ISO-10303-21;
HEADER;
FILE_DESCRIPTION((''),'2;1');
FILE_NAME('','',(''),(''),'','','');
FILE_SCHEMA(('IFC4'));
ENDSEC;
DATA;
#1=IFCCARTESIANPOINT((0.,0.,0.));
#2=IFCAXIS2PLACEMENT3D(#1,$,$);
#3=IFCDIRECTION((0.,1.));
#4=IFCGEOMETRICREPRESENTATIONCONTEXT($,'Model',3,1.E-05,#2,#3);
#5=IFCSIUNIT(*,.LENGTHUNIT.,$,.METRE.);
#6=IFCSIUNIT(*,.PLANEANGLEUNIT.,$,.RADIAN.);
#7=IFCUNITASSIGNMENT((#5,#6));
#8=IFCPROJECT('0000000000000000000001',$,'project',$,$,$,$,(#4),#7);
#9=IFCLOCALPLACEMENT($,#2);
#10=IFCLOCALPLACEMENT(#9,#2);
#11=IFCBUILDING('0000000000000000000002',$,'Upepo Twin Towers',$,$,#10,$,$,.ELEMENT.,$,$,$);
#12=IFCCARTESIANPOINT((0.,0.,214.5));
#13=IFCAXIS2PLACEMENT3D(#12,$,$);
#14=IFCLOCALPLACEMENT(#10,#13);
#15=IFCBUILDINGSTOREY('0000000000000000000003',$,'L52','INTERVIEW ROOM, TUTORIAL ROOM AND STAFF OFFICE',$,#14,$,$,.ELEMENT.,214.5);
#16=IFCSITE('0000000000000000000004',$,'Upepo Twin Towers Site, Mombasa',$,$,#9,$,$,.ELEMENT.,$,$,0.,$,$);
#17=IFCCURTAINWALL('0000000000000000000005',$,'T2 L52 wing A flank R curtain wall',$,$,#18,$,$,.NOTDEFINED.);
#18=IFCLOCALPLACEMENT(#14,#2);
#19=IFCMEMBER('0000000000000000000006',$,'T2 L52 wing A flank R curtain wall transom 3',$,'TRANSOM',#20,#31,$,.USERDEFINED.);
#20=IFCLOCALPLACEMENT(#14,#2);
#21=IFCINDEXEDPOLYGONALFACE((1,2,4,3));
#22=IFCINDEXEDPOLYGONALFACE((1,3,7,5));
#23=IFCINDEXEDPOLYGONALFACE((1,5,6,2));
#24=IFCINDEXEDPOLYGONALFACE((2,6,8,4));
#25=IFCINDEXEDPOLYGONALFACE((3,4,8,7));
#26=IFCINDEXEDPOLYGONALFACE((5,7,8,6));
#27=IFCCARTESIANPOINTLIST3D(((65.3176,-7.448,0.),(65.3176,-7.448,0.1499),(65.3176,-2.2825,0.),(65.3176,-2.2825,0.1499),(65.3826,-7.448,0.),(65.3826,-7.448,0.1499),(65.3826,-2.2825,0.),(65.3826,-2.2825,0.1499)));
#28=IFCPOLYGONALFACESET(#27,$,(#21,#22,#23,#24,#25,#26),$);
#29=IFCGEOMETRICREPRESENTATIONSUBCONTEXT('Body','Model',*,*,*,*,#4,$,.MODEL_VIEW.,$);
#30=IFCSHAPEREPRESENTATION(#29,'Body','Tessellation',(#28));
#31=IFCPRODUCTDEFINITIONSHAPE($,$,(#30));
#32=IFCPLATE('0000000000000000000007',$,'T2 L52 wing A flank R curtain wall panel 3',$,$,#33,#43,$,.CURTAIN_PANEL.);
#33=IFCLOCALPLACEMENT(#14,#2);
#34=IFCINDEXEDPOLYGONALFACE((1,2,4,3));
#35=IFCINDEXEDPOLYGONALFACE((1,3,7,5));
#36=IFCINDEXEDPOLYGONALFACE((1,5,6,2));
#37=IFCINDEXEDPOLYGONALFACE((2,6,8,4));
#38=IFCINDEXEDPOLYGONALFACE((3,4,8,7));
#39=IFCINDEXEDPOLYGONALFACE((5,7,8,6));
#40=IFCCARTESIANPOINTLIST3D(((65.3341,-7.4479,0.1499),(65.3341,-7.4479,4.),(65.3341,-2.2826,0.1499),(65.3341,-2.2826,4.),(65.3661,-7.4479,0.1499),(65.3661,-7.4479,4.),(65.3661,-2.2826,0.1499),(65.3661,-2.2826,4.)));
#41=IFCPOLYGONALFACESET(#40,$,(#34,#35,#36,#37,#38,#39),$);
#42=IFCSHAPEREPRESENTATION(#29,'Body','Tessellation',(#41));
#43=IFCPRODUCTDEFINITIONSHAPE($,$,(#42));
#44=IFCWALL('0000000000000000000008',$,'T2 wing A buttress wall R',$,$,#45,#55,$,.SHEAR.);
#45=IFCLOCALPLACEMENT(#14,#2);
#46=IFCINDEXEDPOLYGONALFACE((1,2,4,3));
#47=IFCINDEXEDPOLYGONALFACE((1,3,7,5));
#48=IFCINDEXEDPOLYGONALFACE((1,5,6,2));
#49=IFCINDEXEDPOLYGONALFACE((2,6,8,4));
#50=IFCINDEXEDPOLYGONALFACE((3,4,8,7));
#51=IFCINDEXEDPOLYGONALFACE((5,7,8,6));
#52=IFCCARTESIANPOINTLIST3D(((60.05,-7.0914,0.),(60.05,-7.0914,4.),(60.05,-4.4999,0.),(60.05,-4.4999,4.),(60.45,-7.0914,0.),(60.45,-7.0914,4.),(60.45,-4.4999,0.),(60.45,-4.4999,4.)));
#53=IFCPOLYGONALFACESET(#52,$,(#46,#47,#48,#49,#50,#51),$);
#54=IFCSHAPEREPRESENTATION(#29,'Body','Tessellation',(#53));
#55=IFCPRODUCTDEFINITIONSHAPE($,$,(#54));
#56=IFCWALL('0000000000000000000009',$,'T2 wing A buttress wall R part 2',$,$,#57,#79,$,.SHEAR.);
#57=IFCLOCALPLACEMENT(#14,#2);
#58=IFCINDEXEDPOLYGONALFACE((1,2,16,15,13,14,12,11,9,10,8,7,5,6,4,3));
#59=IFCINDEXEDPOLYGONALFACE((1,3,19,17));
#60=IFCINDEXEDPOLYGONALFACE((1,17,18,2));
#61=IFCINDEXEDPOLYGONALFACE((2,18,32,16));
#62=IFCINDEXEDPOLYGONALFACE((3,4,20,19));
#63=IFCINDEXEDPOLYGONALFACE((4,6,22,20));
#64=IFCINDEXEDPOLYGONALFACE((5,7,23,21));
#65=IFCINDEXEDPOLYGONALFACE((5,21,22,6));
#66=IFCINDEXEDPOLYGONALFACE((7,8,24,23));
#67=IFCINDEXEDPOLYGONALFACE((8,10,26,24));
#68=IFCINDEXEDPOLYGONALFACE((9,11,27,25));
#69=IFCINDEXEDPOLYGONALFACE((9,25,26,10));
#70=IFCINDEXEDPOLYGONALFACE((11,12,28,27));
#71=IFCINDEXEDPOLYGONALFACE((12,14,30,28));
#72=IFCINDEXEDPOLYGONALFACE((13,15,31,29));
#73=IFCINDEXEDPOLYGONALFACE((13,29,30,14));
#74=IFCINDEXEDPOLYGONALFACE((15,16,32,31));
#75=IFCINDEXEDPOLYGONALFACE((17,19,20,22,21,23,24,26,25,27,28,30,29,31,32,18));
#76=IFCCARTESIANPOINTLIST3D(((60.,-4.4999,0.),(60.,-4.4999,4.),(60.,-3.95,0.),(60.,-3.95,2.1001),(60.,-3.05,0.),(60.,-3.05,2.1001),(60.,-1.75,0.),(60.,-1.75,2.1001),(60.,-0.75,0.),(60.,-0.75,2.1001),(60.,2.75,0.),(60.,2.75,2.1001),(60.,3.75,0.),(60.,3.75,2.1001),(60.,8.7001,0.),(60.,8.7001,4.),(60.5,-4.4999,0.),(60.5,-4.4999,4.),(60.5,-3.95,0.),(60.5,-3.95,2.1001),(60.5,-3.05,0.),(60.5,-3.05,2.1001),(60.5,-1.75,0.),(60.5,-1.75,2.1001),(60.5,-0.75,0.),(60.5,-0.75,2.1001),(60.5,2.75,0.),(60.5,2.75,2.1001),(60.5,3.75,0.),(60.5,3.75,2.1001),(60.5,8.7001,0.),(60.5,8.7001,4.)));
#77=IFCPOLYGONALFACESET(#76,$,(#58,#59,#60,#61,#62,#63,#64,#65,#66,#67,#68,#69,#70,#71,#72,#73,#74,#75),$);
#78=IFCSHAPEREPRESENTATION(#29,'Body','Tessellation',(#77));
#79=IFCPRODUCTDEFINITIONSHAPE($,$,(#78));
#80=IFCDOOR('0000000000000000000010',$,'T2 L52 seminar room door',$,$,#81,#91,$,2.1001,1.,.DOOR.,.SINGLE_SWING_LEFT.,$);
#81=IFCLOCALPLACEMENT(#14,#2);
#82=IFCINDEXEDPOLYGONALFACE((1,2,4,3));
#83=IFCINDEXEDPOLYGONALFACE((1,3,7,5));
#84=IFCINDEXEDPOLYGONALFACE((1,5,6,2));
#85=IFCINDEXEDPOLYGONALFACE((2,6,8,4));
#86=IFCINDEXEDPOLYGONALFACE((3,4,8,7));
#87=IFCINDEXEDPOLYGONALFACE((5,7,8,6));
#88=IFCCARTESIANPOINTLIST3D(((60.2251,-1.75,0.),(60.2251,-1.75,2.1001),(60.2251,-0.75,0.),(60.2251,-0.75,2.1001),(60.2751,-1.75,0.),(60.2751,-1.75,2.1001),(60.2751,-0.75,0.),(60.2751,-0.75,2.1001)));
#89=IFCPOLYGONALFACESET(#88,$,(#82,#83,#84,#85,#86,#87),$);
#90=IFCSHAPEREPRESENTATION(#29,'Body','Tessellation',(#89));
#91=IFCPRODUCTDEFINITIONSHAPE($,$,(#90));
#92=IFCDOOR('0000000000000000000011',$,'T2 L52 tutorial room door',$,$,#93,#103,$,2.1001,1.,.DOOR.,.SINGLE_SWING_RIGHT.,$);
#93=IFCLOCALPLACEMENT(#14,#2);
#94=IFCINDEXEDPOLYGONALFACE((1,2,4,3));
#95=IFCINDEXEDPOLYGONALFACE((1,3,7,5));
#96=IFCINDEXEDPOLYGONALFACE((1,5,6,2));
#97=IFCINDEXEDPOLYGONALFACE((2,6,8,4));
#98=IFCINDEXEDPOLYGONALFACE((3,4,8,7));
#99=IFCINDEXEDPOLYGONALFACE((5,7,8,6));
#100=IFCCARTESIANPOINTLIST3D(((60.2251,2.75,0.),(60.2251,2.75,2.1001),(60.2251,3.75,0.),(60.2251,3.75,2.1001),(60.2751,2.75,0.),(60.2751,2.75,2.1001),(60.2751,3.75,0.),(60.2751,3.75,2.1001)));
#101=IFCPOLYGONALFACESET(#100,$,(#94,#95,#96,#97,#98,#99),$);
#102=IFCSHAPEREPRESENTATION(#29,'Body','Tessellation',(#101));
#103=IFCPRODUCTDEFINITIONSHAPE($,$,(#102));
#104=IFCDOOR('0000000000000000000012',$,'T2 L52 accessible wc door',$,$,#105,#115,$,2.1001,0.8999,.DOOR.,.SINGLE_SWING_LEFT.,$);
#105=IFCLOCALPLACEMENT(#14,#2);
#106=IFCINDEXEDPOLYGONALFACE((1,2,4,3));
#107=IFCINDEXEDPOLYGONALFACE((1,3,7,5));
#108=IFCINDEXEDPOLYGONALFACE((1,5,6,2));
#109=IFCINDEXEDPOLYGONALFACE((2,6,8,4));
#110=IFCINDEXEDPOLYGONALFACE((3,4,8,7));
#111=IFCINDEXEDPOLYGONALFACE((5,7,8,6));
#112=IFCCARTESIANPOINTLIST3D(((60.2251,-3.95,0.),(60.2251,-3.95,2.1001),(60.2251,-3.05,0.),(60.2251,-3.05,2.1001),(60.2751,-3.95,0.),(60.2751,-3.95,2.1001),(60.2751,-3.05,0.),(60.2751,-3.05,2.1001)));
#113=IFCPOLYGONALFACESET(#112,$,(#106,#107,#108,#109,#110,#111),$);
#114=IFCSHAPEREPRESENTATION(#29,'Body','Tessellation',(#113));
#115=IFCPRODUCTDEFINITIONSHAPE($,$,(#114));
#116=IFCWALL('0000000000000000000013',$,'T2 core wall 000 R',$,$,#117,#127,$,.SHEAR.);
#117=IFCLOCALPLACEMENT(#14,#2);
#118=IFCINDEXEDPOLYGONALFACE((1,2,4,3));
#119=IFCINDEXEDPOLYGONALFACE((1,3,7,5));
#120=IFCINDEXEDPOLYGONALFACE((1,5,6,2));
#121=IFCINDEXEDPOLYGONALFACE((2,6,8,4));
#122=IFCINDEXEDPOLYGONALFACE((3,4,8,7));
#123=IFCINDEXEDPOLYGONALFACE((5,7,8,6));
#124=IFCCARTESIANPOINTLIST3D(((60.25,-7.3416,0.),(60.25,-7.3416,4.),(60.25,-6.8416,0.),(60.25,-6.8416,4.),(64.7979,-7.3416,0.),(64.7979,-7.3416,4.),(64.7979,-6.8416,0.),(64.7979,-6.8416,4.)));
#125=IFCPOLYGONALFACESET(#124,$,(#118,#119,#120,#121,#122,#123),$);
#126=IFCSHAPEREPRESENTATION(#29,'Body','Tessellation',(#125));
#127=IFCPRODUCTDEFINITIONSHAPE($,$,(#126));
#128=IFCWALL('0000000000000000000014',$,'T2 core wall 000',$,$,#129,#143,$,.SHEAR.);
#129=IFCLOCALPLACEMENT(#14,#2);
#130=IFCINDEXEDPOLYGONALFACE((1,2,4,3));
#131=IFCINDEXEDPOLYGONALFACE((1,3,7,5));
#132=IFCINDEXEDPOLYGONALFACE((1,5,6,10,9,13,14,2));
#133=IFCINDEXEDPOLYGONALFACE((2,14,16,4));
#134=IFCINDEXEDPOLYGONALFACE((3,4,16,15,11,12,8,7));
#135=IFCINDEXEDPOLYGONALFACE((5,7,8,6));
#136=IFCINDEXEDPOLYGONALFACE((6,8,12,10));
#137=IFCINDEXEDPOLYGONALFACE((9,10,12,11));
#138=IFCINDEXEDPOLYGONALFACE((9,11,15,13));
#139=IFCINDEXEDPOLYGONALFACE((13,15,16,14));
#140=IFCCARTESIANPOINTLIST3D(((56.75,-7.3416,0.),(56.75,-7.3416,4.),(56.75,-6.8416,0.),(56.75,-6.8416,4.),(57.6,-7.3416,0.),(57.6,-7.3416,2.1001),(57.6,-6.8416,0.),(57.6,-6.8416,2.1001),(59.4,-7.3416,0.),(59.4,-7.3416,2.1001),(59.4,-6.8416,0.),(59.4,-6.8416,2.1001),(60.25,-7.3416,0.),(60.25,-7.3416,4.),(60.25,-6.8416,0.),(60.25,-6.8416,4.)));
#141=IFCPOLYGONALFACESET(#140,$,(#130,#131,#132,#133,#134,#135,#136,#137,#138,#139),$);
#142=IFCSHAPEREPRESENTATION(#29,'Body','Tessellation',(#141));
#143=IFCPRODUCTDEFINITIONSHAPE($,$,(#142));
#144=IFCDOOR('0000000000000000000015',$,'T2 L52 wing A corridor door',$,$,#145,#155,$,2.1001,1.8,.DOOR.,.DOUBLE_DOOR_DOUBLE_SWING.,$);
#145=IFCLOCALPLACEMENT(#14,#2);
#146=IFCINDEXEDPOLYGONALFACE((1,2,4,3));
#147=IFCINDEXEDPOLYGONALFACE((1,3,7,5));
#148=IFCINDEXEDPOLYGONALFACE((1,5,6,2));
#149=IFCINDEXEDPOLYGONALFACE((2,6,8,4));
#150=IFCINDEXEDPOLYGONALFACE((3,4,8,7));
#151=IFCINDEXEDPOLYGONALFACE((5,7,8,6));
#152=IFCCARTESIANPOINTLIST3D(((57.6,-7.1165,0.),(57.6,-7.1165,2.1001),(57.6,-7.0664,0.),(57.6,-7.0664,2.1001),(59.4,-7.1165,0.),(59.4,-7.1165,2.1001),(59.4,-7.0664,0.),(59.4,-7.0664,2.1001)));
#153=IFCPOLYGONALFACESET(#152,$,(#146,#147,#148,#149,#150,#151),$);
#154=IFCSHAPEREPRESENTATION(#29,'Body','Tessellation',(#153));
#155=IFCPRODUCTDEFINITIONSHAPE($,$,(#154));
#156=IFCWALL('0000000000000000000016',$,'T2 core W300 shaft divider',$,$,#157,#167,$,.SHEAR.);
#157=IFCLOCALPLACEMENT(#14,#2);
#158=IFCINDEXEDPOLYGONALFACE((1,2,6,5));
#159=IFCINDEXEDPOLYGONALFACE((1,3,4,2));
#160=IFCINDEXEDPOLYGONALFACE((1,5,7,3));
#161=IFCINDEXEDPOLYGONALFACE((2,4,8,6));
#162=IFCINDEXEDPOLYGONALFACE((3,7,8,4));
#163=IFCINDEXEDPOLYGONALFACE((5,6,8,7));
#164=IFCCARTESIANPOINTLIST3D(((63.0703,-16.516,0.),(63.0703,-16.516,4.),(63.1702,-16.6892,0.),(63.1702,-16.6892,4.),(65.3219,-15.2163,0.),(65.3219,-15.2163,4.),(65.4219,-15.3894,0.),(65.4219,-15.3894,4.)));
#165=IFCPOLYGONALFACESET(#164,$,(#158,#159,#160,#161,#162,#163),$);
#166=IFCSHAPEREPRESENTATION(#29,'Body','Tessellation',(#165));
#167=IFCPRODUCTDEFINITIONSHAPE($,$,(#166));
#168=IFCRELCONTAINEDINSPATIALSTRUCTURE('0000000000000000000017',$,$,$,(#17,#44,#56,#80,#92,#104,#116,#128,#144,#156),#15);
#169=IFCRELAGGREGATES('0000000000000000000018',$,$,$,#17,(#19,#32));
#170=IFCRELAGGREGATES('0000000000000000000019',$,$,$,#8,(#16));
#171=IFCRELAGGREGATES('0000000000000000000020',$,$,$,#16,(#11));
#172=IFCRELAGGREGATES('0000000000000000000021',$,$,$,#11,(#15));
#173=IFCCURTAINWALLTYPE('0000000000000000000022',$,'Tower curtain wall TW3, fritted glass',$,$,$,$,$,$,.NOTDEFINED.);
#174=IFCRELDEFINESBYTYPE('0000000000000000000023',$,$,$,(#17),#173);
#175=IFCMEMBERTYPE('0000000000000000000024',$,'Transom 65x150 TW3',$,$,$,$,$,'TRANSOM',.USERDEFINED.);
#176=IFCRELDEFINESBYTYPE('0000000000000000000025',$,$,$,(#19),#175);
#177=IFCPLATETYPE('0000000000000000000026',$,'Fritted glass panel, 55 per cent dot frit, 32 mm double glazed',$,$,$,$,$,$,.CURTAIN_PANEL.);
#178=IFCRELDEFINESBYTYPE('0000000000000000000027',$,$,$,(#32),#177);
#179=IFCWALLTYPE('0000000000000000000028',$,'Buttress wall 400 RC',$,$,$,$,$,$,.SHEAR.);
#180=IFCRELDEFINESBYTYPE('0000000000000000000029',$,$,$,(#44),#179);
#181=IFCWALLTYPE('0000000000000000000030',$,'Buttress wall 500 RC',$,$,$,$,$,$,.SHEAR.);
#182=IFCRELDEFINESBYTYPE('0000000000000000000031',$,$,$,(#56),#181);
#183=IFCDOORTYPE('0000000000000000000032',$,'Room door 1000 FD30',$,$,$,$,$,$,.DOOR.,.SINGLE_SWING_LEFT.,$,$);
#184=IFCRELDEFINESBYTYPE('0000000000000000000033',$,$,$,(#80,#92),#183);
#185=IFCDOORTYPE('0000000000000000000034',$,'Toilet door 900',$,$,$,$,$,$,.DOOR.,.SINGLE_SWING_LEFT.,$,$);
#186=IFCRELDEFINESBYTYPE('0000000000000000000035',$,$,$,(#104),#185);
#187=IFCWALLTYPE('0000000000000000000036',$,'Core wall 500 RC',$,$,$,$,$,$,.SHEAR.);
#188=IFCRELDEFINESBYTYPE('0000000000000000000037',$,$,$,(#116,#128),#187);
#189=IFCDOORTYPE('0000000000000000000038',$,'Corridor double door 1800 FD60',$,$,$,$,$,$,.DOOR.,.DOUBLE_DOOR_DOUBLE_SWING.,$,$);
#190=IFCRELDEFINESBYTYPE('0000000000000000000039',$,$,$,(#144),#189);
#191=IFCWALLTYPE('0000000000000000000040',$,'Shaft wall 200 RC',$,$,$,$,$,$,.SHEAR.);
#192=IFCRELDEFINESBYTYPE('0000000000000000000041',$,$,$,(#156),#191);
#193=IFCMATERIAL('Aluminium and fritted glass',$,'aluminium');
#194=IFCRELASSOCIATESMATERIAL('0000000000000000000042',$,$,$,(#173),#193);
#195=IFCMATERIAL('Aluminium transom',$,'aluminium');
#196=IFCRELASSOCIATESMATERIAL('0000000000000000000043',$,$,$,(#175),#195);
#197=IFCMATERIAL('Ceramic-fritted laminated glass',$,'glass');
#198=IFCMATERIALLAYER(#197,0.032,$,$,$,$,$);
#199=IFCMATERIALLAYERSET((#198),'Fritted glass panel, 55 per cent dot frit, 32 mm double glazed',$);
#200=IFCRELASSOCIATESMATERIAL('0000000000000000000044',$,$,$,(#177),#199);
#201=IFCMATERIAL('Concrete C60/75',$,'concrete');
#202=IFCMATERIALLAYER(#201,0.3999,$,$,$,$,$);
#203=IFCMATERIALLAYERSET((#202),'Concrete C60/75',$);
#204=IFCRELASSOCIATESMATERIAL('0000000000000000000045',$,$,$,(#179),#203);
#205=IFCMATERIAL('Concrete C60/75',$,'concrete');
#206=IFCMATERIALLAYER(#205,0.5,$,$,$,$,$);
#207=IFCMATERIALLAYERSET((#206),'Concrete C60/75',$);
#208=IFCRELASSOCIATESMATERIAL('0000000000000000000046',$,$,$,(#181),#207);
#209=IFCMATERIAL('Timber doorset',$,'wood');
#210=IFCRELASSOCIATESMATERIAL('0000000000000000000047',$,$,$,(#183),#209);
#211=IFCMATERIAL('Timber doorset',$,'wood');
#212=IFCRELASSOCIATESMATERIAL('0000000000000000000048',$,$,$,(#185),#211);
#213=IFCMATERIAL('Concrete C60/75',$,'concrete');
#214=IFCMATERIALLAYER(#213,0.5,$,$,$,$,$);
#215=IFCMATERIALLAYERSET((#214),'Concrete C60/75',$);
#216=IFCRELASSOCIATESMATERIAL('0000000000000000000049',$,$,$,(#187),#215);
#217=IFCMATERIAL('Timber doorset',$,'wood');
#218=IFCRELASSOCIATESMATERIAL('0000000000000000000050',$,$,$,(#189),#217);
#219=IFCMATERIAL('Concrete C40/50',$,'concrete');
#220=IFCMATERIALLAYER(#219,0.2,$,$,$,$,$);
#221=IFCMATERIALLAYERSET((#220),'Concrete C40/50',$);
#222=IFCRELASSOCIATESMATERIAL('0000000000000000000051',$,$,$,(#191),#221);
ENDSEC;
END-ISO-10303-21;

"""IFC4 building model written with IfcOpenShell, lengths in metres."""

from ifc_helpers import new_model, si_unit, direction, frame, frame_2d, origin, origin_2d, place, context, subcontext, project, spatial, rectangle, extrude, material, layer, layer_set, material_profile, profile_set, type_object, element, fill, aggregate, save


model = new_model("IFC4")

# Units and contexts
model_context = context("Model", 3, precision=1e-05, world=origin(), true_north=direction((0.0, 1.0)))
body_context = subcontext(model_context, "Body", "Model", "MODEL_VIEW")
ifc_project = project(units=[si_unit("LENGTHUNIT", "METRE"), si_unit("PLANEANGLEUNIT", "RADIAN")], contexts=[model_context])

# Site, building, storey
site_placement = place(None, origin())
site = spatial("IfcSite", under=ifc_project, at=site_placement, Name="Upepo Twin Towers Site, Mombasa", CompositionType="ELEMENT", RefElevation=0.0)
building_placement = place(site_placement, origin())
building = spatial("IfcBuilding", under=site, at=building_placement, Name="Upepo Twin Towers", CompositionType="ELEMENT")
storey_placement = place(building_placement, frame((0.0, 0.0, 214.5)))
storey = spatial("IfcBuildingStorey", under=building, at=storey_placement, Name="L52", Description="INTERVIEW ROOM, TUTORIAL ROOM AND STAFF OFFICE", CompositionType="ELEMENT", Elevation=214.5)

# Curtain wall, member, plate
ifc_material_1 = material(Name="Aluminium and fritted glass", Category="aluminium")
curtain_wall_type = type_object("IfcCurtainWallType", Name="Tower curtain wall TW3, fritted glass", PredefinedType="NOTDEFINED", material=ifc_material_1)
curtain_wall_placement = place(storey_placement, origin())
curtain_wall = element("IfcCurtainWall", 1, at=curtain_wall_placement, inside=storey, type_object=curtain_wall_type, Name="T2 L52 wing A flank R curtain wall", PredefinedType="NOTDEFINED")
ifc_material_2 = material(Name="Aluminium transom", Category="aluminium")
ifc_material_profile_1 = material_profile(ifc_material_2, rectangle(XDim=0.0649, YDim=0.1499, at=origin_2d()), Name="TRANSOM 65x150")
ifc_profile_set_1 = profile_set([ifc_material_profile_1], Name="Aluminium transom")
member_type_1 = type_object("IfcMemberType", Name="Transom 65x150 TW3", ElementType="TRANSOM", PredefinedType="USERDEFINED", material=ifc_profile_set_1)
member_1_placement = place(storey_placement, frame((65.3501, -2.2825, 0.075), z_axis=(0.0, -1.0, 0.0), x_axis=(1.0, 0.0, 0.0)))
member_1 = element("IfcMember", 2, at=member_1_placement, type_object=member_type_1, Name="T2 L52 wing A flank R curtain wall transom 3", ObjectType="TRANSOM", PredefinedType="USERDEFINED", context=body_context, shape_type="SweptSolid", body=[
    extrude(rectangle(XDim=0.0649, YDim=0.1499, at=origin_2d()), origin(), (0.0, 0.0, 1.0), 5.1655),
])
ifc_material_3 = material(Name="Ceramic-fritted laminated glass", Category="glass")
ifc_layer_1 = layer(ifc_material_3, 0.032)
ifc_layer_set_1 = layer_set([ifc_layer_1], Name="Fritted glass panel, 55 per cent dot frit, 32 mm double glazed")
plate_type = type_object("IfcPlateType", Name="Fritted glass panel, 55 per cent dot frit, 32 mm double glazed", PredefinedType="CURTAIN_PANEL", material=ifc_layer_set_1)
plate_placement = place(storey_placement, frame((65.3501, -4.8652, 0.1499), z_axis=(0.0, 0.0, 1.0), x_axis=(0.0, -1.0, 0.0)))
plate = element("IfcPlate", 3, at=plate_placement, type_object=plate_type, Name="T2 L52 wing A flank R curtain wall panel 3", PredefinedType="CURTAIN_PANEL", context=body_context, shape_type="SweptSolid", body=[
    extrude(rectangle(XDim=5.1653, YDim=0.032, at=origin_2d()), origin(), (0.0, 0.0, 1.0), 3.8501),
])
aggregate(curtain_wall, [member_1, plate])

# Wall
ifc_material_4 = material(Name="Concrete C60/75", Category="concrete")
ifc_layer_2 = layer(ifc_material_4, 0.3999)
ifc_layer_set_2 = layer_set([ifc_layer_2], Name="Concrete C60/75")
wall_type_1 = type_object("IfcWallType", Name="Buttress wall 400 RC", PredefinedType="SHEAR", material=ifc_layer_set_2)
wall_1_placement = place(storey_placement, frame((60.25, -7.0916, 0.0), z_axis=(0.0, 0.0, 1.0), x_axis=(0.0, 1.0, 0.0)))
element("IfcWall", 4, at=wall_1_placement, inside=storey, type_object=wall_type_1, Name="T2 wing A buttress wall R", PredefinedType="SHEAR", context=body_context, shape_type="SweptSolid", body=[
    extrude(rectangle(XDim=2.5916, YDim=0.3999, at=frame_2d((1.2959, 0.0))), origin(), (0.0, 0.0, 1.0), 4.0),
])

# Wall, openings, doors
ifc_material_5 = material(Name="Concrete C60/75", Category="concrete")
ifc_layer_3 = layer(ifc_material_5, 0.5)
ifc_layer_set_3 = layer_set([ifc_layer_3], Name="Concrete C60/75")
wall_type_2 = type_object("IfcWallType", Name="Buttress wall 500 RC", PredefinedType="SHEAR", material=ifc_layer_set_3)
wall_2_placement = place(storey_placement, frame((60.25, -4.5, 0.0), z_axis=(0.0, 0.0, 1.0), x_axis=(0.0, 1.0, 0.0)))
wall_2 = element("IfcWall", 5, at=wall_2_placement, inside=storey, type_object=wall_type_2, Name="T2 wing A buttress wall R part 2", PredefinedType="SHEAR", context=body_context, shape_type="SweptSolid", body=[
    extrude(rectangle(XDim=13.2, YDim=0.5, at=frame_2d((6.6001, 0.0))), origin(), (0.0, 0.0, 1.0), 4.0),
])
opening_1_placement = place(wall_2_placement, frame((0.55, 0.0, 0.0)))
opening_1 = element("IfcOpeningElement", 6, at=opening_1_placement, cuts=wall_2, PredefinedType="OPENING", context=body_context, shape_type="SweptSolid", body=[
    extrude(rectangle(XDim=0.8999, YDim=2.1001, at=frame_2d((0.45, 1.05))), frame((0.0, 0.26, 0.0), z_axis=(0.0, -1.0, 0.0), x_axis=(1.0, 0.0, 0.0)), (0.0, 0.0, 1.0), 0.52),
])
opening_2_placement = place(wall_2_placement, frame((2.75, 0.0, 0.0)))
opening_2 = element("IfcOpeningElement", 7, at=opening_2_placement, cuts=wall_2, PredefinedType="OPENING", context=body_context, shape_type="SweptSolid", body=[
    extrude(rectangle(XDim=1.0, YDim=2.1001, at=frame_2d((0.5, 1.05))), frame((0.0, 0.26, 0.0), z_axis=(0.0, -1.0, 0.0), x_axis=(1.0, 0.0, 0.0)), (0.0, 0.0, 1.0), 0.52),
])
opening_3_placement = place(wall_2_placement, frame((7.25, 0.0, 0.0)))
opening_3 = element("IfcOpeningElement", 8, at=opening_3_placement, cuts=wall_2, PredefinedType="OPENING", context=body_context, shape_type="SweptSolid", body=[
    extrude(rectangle(XDim=1.0, YDim=2.1001, at=frame_2d((0.5, 1.05))), frame((0.0, 0.26, 0.0), z_axis=(0.0, -1.0, 0.0), x_axis=(1.0, 0.0, 0.0)), (0.0, 0.0, 1.0), 0.52),
])
ifc_material_6 = material(Name="Timber doorset", Category="wood")
door_type_1 = type_object("IfcDoorType", Name="Room door 1000 FD30", OperationType="SINGLE_SWING_LEFT", PredefinedType="DOOR", material=ifc_material_6)
door_1_placement = place(opening_2_placement, origin())
door_1 = element("IfcDoor", 9, at=door_1_placement, inside=storey, type_object=door_type_1, Name="T2 L52 seminar room door", OperationType="SINGLE_SWING_LEFT", OverallHeight=2.1001, OverallWidth=1.0, PredefinedType="DOOR", context=body_context, shape_type="SweptSolid", body=[
    extrude(rectangle(XDim=1.0, YDim=2.1001, at=frame_2d((0.5, 1.05))), frame((0.0, 0.0249, 0.0), z_axis=(0.0, -1.0, 0.0), x_axis=(1.0, 0.0, 0.0)), (0.0, 0.0, 1.0), 0.05),
])
fill(opening_2, door_1)
door_2_placement = place(opening_3_placement, origin())
door_2 = element("IfcDoor", 10, at=door_2_placement, inside=storey, type_object=door_type_1, Name="T2 L52 tutorial room door", OperationType="SINGLE_SWING_RIGHT", OverallHeight=2.1001, OverallWidth=1.0, PredefinedType="DOOR", context=body_context, shape_type="SweptSolid", body=[
    extrude(rectangle(XDim=1.0, YDim=2.1001, at=frame_2d((0.5, 1.05))), frame((0.0, 0.0249, 0.0), z_axis=(0.0, -1.0, 0.0), x_axis=(1.0, 0.0, 0.0)), (0.0, 0.0, 1.0), 0.05),
])
fill(opening_3, door_2)
ifc_material_7 = material(Name="Timber doorset", Category="wood")
door_type_2 = type_object("IfcDoorType", Name="Toilet door 900", OperationType="SINGLE_SWING_LEFT", PredefinedType="DOOR", material=ifc_material_7)
door_3_placement = place(opening_1_placement, origin())
door_3 = element("IfcDoor", 11, at=door_3_placement, inside=storey, type_object=door_type_2, Name="T2 L52 accessible wc door", OperationType="SINGLE_SWING_LEFT", OverallHeight=2.1001, OverallWidth=0.8999, PredefinedType="DOOR", context=body_context, shape_type="SweptSolid", body=[
    extrude(rectangle(XDim=0.8999, YDim=2.1001, at=frame_2d((0.45, 1.05))), frame((0.0, 0.0249, 0.0), z_axis=(0.0, -1.0, 0.0), x_axis=(1.0, 0.0, 0.0)), (0.0, 0.0, 1.0), 0.05),
])
fill(opening_1, door_3)

# Wall
ifc_material_8 = material(Name="Concrete C60/75", Category="concrete")
ifc_layer_4 = layer(ifc_material_8, 0.5)
ifc_layer_set_4 = layer_set([ifc_layer_4], Name="Concrete C60/75")
wall_type_3 = type_object("IfcWallType", Name="Core wall 500 RC", PredefinedType="SHEAR", material=ifc_layer_set_4)
wall_3_placement = place(storey_placement, frame((64.7979, -7.0916, 0.0), z_axis=(0.0, 0.0, 1.0), x_axis=(-1.0, 0.0, 0.0)))
element("IfcWall", 12, at=wall_3_placement, inside=storey, type_object=wall_type_3, Name="T2 core wall 000 R", PredefinedType="SHEAR", context=body_context, shape_type="SweptSolid", body=[
    extrude(rectangle(XDim=4.5479, YDim=0.5, at=frame_2d((2.2739, 0.0))), origin(), (0.0, 0.0, 1.0), 4.0),
])

# Wall, opening, door
wall_4_placement = place(storey_placement, frame((60.25, -7.0916, 0.0), z_axis=(0.0, 0.0, 1.0), x_axis=(-1.0, 0.0, 0.0)))
wall_4 = element("IfcWall", 13, at=wall_4_placement, inside=storey, type_object=wall_type_3, Name="T2 core wall 000", PredefinedType="SHEAR", context=body_context, shape_type="SweptSolid", body=[
    extrude(rectangle(XDim=3.5, YDim=0.5, at=frame_2d((1.75, 0.0))), origin(), (0.0, 0.0, 1.0), 4.0),
])
opening_4_placement = place(wall_4_placement, frame((0.8501, 0.0, 0.0)))
opening_4 = element("IfcOpeningElement", 14, at=opening_4_placement, cuts=wall_4, PredefinedType="OPENING", context=body_context, shape_type="SweptSolid", body=[
    extrude(rectangle(XDim=1.8, YDim=2.1001, at=frame_2d((0.8999, 1.05))), frame((0.0, 0.26, 0.0), z_axis=(0.0, -1.0, 0.0), x_axis=(1.0, 0.0, 0.0)), (0.0, 0.0, 1.0), 0.52),
])
ifc_material_9 = material(Name="Timber doorset", Category="wood")
door_type_3 = type_object("IfcDoorType", Name="Corridor double door 1800 FD60", OperationType="DOUBLE_DOOR_DOUBLE_SWING", PredefinedType="DOOR", material=ifc_material_9)
door_4_placement = place(opening_4_placement, origin())
door_4 = element("IfcDoor", 15, at=door_4_placement, inside=storey, type_object=door_type_3, Name="T2 L52 wing A corridor door", OperationType="DOUBLE_DOOR_DOUBLE_SWING", OverallHeight=2.1001, OverallWidth=1.8, PredefinedType="DOOR", context=body_context, shape_type="SweptSolid", body=[
    extrude(rectangle(XDim=1.8, YDim=2.1001, at=frame_2d((0.8999, 1.05))), frame((0.0, 0.0249, 0.0), z_axis=(0.0, -1.0, 0.0), x_axis=(1.0, 0.0, 0.0)), (0.0, 0.0, 1.0), 0.05),
])
fill(opening_4, door_4)

# Wall
ifc_material_10 = material(Name="Concrete C40/50", Category="concrete")
ifc_layer_5 = layer(ifc_material_10, 0.2)
ifc_layer_set_5 = layer_set([ifc_layer_5], Name="Concrete C40/50")
wall_type_4 = type_object("IfcWallType", Name="Shaft wall 200 RC", PredefinedType="SHEAR", material=ifc_layer_set_5)
wall_5_placement = place(storey_placement, frame((63.1204, -16.6025, 0.0), z_axis=(0.0, 0.0, 1.0), x_axis=(0.866062, 0.499937, 0.0)))
element("IfcWall", 16, at=wall_5_placement, inside=storey, type_object=wall_type_4, Name="T2 core W300 shaft divider", PredefinedType="SHEAR", context=body_context, shape_type="SweptSolid", body=[
    extrude(rectangle(XDim=2.5999, YDim=0.2, at=frame_2d((1.2998, 0.0))), origin(), (0.0, 0.0, 1.0), 4.0),
])

save(model, "model.ifc")
